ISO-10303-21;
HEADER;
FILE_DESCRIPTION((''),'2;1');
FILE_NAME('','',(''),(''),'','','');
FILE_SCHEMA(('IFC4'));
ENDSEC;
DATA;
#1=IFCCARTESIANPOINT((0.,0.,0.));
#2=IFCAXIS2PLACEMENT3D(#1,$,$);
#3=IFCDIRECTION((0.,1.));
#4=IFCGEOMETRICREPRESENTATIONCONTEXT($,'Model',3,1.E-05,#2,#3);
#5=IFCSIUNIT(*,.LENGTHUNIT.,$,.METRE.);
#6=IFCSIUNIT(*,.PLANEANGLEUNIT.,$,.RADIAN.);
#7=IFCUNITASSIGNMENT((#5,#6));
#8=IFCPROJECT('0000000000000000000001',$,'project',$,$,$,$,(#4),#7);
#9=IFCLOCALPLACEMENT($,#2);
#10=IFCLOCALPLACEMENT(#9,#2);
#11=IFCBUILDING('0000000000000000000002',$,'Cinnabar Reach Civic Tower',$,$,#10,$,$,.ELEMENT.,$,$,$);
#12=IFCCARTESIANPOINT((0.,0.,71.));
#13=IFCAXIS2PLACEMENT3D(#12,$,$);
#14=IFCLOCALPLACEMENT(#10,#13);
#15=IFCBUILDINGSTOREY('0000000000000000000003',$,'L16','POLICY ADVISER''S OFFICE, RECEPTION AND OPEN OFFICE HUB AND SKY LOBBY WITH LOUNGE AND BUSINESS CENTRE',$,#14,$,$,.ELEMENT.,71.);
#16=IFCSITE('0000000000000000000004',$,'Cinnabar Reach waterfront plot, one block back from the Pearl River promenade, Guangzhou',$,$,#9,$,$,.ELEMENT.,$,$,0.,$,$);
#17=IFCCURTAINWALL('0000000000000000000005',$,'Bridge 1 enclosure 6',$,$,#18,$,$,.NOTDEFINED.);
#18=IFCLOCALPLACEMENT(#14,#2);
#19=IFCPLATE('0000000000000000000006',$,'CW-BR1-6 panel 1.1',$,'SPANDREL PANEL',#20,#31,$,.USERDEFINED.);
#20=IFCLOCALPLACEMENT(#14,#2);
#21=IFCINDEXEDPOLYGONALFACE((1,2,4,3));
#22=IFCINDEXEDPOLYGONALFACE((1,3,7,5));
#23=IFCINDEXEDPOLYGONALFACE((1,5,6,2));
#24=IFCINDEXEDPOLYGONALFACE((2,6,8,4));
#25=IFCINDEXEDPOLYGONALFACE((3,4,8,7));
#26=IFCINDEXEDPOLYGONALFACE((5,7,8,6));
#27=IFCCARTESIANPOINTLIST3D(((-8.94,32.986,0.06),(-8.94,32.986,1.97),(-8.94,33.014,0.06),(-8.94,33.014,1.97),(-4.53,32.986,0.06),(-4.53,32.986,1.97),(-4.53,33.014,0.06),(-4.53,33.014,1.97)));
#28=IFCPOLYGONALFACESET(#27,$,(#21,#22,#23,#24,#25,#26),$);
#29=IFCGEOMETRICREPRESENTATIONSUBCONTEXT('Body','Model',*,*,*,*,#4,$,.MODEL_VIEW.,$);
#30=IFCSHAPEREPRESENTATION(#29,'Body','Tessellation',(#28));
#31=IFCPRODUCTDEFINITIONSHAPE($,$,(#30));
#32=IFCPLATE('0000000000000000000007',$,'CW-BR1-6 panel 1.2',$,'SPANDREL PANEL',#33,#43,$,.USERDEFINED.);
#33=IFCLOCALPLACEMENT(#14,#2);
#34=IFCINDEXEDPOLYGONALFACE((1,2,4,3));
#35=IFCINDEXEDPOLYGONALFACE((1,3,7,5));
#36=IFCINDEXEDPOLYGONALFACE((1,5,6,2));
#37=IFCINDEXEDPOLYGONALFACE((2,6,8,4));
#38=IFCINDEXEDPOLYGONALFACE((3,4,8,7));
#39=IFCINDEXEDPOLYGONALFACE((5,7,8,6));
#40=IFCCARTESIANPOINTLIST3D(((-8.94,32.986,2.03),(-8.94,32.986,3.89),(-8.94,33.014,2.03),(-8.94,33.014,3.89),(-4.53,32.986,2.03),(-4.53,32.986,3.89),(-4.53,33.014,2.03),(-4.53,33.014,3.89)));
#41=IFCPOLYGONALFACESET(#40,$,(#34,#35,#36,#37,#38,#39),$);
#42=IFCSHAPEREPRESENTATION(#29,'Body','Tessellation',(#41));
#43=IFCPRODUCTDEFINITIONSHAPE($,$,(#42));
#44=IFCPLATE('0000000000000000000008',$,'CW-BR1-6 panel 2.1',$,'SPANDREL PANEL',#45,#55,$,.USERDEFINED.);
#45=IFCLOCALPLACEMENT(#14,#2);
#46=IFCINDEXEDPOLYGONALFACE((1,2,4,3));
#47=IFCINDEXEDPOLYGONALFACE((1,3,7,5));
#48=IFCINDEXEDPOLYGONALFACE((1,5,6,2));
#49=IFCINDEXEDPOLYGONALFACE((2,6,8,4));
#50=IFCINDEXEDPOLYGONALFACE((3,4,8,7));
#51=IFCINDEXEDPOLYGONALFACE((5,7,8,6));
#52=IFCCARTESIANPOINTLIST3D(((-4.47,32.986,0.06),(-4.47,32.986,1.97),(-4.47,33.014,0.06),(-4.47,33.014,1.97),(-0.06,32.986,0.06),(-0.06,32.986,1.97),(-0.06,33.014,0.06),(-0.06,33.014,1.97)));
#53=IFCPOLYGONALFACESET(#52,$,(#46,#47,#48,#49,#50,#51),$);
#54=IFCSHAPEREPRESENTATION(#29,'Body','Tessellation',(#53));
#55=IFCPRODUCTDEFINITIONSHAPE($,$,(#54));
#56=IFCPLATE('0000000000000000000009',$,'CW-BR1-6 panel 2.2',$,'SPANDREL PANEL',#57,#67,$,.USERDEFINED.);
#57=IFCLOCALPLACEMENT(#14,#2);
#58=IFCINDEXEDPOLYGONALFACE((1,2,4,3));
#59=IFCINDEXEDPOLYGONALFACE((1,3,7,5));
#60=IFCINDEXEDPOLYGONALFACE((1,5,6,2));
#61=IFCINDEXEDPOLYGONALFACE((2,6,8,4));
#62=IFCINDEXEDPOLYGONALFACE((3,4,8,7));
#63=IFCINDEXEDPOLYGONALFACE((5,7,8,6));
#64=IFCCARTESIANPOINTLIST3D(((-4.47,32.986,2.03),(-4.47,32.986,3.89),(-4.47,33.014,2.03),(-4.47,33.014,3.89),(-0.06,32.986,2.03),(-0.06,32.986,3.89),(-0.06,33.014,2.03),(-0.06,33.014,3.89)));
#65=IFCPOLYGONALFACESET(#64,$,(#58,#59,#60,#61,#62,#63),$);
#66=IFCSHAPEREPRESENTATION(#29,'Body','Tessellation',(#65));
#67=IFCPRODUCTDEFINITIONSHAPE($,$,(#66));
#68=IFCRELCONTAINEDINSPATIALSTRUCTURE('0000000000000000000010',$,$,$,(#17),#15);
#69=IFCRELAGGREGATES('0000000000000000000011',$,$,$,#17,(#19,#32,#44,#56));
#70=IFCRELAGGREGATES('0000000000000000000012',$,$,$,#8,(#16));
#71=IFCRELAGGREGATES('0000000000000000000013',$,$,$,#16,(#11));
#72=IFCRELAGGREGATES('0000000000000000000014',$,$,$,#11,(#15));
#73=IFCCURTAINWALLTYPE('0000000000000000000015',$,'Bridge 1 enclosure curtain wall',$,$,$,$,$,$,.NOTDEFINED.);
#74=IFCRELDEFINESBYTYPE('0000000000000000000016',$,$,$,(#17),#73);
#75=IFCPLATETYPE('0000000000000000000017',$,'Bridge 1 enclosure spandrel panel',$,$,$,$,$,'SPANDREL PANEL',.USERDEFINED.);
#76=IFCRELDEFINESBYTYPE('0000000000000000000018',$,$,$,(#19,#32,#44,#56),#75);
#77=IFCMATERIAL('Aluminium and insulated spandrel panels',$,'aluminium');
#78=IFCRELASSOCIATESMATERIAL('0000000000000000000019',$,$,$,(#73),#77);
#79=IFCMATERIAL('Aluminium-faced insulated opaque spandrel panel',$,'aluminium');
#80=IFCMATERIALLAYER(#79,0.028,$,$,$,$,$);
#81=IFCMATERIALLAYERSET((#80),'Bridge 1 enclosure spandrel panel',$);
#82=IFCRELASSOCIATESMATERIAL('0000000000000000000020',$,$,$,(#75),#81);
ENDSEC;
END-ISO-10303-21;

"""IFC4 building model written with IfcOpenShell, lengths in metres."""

from ifc_helpers import new_model, si_unit, direction, frame, origin, origin_2d, place, context, subcontext, project, spatial, rectangle, extrude, material, layer, layer_set, type_object, element, aggregate, save


model = new_model("IFC4")

# Units and contexts
model_context = context("Model", 3, precision=1e-05, world=origin(), true_north=direction((0.0, 1.0)))
body_context = subcontext(model_context, "Body", "Model", "MODEL_VIEW")
ifc_project = project(units=[si_unit("LENGTHUNIT", "METRE"), si_unit("PLANEANGLEUNIT", "RADIAN")], contexts=[model_context])

# Site, building, storey
site_placement = place(None, origin())
site = spatial("IfcSite", under=ifc_project, at=site_placement, Name="Cinnabar Reach waterfront plot, one block back from the Pearl River promenade, Guangzhou", CompositionType="ELEMENT", RefElevation=0.0)
building_placement = place(site_placement, origin())
building = spatial("IfcBuilding", under=site, at=building_placement, Name="Cinnabar Reach Civic Tower", CompositionType="ELEMENT")
storey_placement = place(building_placement, frame((0.0, 0.0, 71.0)))
storey = spatial("IfcBuildingStorey", under=building, at=storey_placement, Name="L16", Description="POLICY ADVISER'S OFFICE, RECEPTION AND OPEN OFFICE HUB AND SKY LOBBY WITH LOUNGE AND BUSINESS CENTRE", CompositionType="ELEMENT", Elevation=71.0)

# Curtain wall
ifc_material_1 = material(Name="Aluminium and insulated spandrel panels", Category="aluminium")
curtain_wall_type = type_object("IfcCurtainWallType", Name="Bridge 1 enclosure curtain wall", PredefinedType="NOTDEFINED", material=ifc_material_1)
curtain_wall_1_placement = place(storey_placement, origin())
curtain_wall_1 = element("IfcCurtainWall", 1, at=curtain_wall_1_placement, inside=storey, type_object=curtain_wall_type, Name="Bridge 1 enclosure 6", PredefinedType="NOTDEFINED")

# Plates
ifc_material_2 = material(Name="Aluminium-faced insulated opaque spandrel panel", Category="aluminium")
ifc_layer = layer(ifc_material_2, 0.028)
ifc_layer_set = layer_set([ifc_layer], Name="Bridge 1 enclosure spandrel panel")
plate_type = type_object("IfcPlateType", Name="Bridge 1 enclosure spandrel panel", ElementType="SPANDREL PANEL", PredefinedType="USERDEFINED", material=ifc_layer_set)
plate_1_placement = place(storey_placement, frame((-6.735, 33.0, 0.06), z_axis=(0.0, 0.0, 1.0), x_axis=(1.0, 0.0, 0.0)))
plate_1 = element("IfcPlate", 2, at=plate_1_placement, type_object=plate_type, Name="CW-BR1-6 panel 1.1", ObjectType="SPANDREL PANEL", PredefinedType="USERDEFINED", context=body_context, shape_type="SweptSolid", body=[
    extrude(rectangle(XDim=4.41, YDim=0.028, at=origin_2d()), origin(), (0.0, 0.0, 1.0), 1.91),
])
plate_2_placement = place(storey_placement, frame((-6.735, 33.0, 2.03), z_axis=(0.0, 0.0, 1.0), x_axis=(1.0, 0.0, 0.0)))
plate_2 = element("IfcPlate", 3, at=plate_2_placement, type_object=plate_type, Name="CW-BR1-6 panel 1.2", ObjectType="SPANDREL PANEL", PredefinedType="USERDEFINED", context=body_context, shape_type="SweptSolid", body=[
    extrude(rectangle(XDim=4.41, YDim=0.028, at=origin_2d()), origin(), (0.0, 0.0, 1.0), 1.86),
])
plate_3_placement = place(storey_placement, frame((-2.265, 33.0, 0.06), z_axis=(0.0, 0.0, 1.0), x_axis=(1.0, 0.0, 0.0)))
plate_3 = element("IfcPlate", 4, at=plate_3_placement, type_object=plate_type, Name="CW-BR1-6 panel 2.1", ObjectType="SPANDREL PANEL", PredefinedType="USERDEFINED", context=body_context, shape_type="SweptSolid", body=[
    extrude(rectangle(XDim=4.41, YDim=0.028, at=origin_2d()), origin(), (0.0, 0.0, 1.0), 1.91),
])
plate_4_placement = place(storey_placement, frame((-2.265, 33.0, 2.03), z_axis=(0.0, 0.0, 1.0), x_axis=(1.0, 0.0, 0.0)))
plate_4 = element("IfcPlate", 5, at=plate_4_placement, type_object=plate_type, Name="CW-BR1-6 panel 2.2", ObjectType="SPANDREL PANEL", PredefinedType="USERDEFINED", context=body_context, shape_type="SweptSolid", body=[
    extrude(rectangle(XDim=4.41, YDim=0.028, at=origin_2d()), origin(), (0.0, 0.0, 1.0), 1.86),
])
aggregate(curtain_wall_1, [plate_1, plate_2, plate_3, plate_4])

save(model, "model.ifc")
